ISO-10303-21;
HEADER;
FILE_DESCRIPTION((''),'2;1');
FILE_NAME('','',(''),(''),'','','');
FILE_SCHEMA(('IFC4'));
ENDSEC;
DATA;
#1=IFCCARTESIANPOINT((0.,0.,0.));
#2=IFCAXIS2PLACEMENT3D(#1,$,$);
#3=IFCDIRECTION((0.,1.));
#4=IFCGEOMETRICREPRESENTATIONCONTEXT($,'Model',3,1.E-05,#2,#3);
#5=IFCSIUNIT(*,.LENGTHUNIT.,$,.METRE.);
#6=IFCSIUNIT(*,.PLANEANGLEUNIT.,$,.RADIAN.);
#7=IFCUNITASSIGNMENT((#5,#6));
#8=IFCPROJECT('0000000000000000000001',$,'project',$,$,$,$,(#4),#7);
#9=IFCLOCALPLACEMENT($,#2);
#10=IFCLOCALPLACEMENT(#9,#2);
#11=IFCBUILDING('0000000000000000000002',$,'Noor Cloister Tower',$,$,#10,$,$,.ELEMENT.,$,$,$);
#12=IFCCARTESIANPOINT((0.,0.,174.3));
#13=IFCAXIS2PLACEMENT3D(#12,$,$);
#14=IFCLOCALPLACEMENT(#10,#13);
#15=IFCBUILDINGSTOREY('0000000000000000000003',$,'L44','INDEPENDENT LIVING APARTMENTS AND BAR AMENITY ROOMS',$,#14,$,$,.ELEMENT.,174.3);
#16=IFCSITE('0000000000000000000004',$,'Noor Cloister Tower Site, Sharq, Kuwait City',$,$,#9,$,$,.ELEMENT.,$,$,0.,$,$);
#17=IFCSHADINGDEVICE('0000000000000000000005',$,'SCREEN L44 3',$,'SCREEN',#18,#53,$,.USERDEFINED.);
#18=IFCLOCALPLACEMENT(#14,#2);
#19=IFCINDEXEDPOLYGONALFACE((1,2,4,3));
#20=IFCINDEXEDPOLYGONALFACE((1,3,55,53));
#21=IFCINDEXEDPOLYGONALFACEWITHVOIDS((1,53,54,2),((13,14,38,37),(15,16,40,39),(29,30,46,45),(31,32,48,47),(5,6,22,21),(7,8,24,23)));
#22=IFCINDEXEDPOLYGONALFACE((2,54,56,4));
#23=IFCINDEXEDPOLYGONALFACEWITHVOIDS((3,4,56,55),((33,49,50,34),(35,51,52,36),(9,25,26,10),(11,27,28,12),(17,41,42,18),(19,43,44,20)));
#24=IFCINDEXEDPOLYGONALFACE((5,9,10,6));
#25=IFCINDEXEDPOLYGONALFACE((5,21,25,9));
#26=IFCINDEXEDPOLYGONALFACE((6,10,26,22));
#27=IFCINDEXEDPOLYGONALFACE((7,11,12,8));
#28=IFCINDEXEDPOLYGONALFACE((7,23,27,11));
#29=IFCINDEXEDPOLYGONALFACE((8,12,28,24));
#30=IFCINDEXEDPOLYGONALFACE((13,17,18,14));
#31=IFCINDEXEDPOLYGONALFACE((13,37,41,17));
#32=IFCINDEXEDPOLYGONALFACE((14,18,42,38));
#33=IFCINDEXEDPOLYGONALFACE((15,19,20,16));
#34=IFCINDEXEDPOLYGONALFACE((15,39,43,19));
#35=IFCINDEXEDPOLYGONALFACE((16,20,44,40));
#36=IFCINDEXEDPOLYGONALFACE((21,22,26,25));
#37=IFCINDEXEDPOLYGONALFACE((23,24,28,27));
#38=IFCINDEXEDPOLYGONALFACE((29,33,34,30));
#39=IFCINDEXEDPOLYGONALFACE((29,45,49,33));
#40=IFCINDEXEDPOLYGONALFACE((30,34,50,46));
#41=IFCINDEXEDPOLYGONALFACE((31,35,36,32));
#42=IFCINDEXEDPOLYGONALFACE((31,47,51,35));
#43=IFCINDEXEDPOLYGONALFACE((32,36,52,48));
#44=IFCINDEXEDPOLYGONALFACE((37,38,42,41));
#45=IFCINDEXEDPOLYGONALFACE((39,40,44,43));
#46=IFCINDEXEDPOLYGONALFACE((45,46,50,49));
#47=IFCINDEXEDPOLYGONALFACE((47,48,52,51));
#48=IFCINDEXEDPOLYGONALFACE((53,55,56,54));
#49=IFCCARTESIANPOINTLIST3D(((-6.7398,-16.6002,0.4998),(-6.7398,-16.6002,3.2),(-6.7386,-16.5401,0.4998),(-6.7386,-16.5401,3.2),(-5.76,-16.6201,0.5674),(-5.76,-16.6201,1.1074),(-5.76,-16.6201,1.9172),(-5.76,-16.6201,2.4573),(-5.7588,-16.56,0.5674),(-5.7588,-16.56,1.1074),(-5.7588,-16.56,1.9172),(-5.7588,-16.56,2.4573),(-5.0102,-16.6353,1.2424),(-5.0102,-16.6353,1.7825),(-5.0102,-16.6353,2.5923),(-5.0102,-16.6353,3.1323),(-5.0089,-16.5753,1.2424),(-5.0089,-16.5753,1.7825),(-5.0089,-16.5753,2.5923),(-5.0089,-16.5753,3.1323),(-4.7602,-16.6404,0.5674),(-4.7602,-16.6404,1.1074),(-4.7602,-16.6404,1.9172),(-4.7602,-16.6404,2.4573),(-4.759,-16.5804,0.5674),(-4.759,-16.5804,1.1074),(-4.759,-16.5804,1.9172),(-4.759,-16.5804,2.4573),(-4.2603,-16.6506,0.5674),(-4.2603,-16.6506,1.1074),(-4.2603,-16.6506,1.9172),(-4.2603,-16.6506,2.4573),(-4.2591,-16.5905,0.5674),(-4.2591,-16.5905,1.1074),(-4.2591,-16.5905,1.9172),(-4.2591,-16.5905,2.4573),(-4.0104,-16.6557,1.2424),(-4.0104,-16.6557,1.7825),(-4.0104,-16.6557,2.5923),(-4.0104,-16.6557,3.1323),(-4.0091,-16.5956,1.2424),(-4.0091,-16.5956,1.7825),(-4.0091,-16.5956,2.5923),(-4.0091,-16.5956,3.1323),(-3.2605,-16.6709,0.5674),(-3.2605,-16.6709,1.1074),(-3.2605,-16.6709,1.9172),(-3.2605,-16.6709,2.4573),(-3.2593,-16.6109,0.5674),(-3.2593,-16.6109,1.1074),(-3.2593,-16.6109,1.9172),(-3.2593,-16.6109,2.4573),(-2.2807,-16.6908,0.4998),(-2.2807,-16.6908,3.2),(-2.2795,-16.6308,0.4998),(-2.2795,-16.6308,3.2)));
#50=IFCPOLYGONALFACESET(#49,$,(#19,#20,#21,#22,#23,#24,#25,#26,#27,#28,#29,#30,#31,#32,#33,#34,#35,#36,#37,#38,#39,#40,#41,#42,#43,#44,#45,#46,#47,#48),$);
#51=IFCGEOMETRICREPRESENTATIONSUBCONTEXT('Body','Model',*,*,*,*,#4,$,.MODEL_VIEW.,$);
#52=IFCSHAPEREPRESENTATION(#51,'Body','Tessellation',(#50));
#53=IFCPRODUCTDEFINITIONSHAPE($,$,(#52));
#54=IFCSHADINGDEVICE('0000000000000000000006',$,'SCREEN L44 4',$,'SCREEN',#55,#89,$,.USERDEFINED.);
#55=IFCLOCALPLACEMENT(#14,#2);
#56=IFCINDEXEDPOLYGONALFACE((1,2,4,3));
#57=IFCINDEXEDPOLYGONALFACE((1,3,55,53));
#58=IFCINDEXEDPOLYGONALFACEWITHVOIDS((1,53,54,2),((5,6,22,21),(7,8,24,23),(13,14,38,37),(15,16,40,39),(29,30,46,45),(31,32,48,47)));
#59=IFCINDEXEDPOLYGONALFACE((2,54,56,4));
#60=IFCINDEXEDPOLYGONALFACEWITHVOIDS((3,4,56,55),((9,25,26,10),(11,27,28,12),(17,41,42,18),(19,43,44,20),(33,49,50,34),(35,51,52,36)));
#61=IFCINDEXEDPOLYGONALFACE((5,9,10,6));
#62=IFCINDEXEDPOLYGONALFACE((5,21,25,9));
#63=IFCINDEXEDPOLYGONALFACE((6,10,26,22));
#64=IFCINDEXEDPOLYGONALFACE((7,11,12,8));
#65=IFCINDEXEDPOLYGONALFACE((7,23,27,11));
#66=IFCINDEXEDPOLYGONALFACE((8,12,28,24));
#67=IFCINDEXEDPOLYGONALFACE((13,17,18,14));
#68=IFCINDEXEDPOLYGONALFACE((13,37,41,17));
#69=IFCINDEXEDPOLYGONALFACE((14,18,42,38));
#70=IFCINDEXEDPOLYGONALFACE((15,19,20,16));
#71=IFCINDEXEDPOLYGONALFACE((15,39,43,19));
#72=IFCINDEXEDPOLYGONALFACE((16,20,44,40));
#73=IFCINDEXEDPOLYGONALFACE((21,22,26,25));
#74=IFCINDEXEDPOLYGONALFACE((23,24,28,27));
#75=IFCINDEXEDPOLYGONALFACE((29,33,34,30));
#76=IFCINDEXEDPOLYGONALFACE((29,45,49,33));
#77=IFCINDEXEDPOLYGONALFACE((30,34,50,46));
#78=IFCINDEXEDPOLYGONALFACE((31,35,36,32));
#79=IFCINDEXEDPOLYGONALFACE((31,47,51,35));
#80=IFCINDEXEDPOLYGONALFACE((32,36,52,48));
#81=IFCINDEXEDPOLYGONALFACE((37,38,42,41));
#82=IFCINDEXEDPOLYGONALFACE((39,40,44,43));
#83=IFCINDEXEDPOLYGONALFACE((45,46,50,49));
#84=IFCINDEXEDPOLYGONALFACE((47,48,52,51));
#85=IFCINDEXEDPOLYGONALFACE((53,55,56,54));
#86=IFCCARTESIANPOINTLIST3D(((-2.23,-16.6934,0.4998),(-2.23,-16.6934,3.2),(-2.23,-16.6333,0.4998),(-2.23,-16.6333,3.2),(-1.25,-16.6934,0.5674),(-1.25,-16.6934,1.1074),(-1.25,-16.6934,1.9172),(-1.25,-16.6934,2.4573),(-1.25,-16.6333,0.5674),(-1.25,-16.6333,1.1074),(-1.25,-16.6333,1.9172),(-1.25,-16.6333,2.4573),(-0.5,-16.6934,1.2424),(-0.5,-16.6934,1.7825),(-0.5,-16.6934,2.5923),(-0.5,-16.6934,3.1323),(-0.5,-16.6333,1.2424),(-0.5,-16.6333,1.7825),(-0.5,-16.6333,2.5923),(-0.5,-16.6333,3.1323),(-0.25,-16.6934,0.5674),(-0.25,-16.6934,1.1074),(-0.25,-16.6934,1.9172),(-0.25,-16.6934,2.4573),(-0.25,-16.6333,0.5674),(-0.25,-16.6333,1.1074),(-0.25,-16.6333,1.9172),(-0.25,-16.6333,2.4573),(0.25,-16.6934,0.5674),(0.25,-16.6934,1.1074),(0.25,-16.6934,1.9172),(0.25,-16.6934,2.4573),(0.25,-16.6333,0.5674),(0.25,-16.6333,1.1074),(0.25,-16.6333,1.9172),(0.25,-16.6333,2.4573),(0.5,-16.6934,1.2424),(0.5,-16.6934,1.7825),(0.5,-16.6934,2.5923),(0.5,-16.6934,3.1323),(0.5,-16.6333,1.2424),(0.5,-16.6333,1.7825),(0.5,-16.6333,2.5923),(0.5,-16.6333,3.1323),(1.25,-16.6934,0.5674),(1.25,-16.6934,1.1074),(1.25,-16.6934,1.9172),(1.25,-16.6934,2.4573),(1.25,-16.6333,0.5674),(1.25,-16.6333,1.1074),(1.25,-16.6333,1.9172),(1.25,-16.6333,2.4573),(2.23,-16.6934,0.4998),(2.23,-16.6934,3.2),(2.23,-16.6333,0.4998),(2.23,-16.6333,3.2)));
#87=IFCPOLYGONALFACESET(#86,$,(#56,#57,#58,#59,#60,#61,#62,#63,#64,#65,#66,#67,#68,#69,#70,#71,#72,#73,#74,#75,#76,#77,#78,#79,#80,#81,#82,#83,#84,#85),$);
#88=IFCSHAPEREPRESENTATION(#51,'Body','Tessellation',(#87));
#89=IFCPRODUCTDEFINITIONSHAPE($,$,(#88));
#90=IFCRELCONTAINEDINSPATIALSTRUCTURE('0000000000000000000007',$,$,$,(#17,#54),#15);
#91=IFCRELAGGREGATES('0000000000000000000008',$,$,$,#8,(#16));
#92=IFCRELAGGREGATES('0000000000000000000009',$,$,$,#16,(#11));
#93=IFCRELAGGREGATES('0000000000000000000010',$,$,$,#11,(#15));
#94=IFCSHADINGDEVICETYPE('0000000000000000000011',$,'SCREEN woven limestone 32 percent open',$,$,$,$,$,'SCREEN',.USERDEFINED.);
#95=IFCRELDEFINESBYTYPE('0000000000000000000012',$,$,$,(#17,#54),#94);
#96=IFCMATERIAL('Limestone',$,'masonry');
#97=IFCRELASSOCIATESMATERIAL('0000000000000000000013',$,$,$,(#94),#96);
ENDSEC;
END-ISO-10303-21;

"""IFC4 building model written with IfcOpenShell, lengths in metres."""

from ifc_helpers import new_model, si_unit, direction, frame, origin, place, context, subcontext, project, spatial, polyline, outline, extrude, material, material_profile, profile_set, type_object, element, save


model = new_model("IFC4")

# Units and contexts
model_context = context("Model", 3, precision=1e-05, world=origin(), true_north=direction((0.0, 1.0)))
body_context = subcontext(model_context, "Body", "Model", "MODEL_VIEW")
ifc_project = project(units=[si_unit("LENGTHUNIT", "METRE"), si_unit("PLANEANGLEUNIT", "RADIAN")], contexts=[model_context])

# Site, building, storey
site_placement = place(None, origin())
site = spatial("IfcSite", under=ifc_project, at=site_placement, Name="Noor Cloister Tower Site, Sharq, Kuwait City", CompositionType="ELEMENT", RefElevation=0.0)
building_placement = place(site_placement, origin())
building = spatial("IfcBuilding", under=site, at=building_placement, Name="Noor Cloister Tower", CompositionType="ELEMENT")
storey_placement = place(building_placement, frame((0.0, 0.0, 174.3)))
storey = spatial("IfcBuildingStorey", under=building, at=storey_placement, Name="L44", Description="INDEPENDENT LIVING APARTMENTS AND BAR AMENITY ROOMS", CompositionType="ELEMENT", Elevation=174.3)

# Shading devices
ifc_material_1 = material(Name="Limestone", Category="masonry")
ifc_material_profile_1 = material_profile(ifc_material_1, outline(polyline([(-2.23, -1.3501), (2.23, -1.3501), (2.23, 1.3501), (-2.23, 1.3501), (-2.23, -1.3501)]), holes=[polyline([(-1.25, -1.2825), (-0.25, -1.2825), (-0.25, -0.7424), (-1.25, -0.7424), (-1.25, -1.2825)]), polyline([(0.25, -1.2825), (1.25, -1.2825), (1.25, -0.7424), (0.25, -0.7424), (0.25, -1.2825)]), polyline([(-0.5, -0.6074), (0.5, -0.6074), (0.5, -0.0674), (-0.5, -0.0674), (-0.5, -0.6074)]), polyline([(-1.25, 0.0674), (-0.25, 0.0674), (-0.25, 0.6074), (-1.25, 0.6074), (-1.25, 0.0674)]), polyline([(0.25, 0.0674), (1.25, 0.0674), (1.25, 0.6074), (0.25, 0.6074), (0.25, 0.0674)]), polyline([(-0.5, 0.7424), (0.5, 0.7424), (0.5, 1.2825), (-0.5, 1.2825), (-0.5, 0.7424)])]), Name="Woven screen 32 percent open")
ifc_profile_set_1 = profile_set([ifc_material_profile_1], Name="Limestone")
shading_device_type = type_object("IfcShadingDeviceType", Name="SCREEN woven limestone 32 percent open", ElementType="SCREEN", PredefinedType="USERDEFINED", material=ifc_profile_set_1)
for number, where, z_axis, x_axis, name in (
    (1, (-4.509, -16.5854, 1.8499), (-0.020321, -0.999794, 0.0), (0.999794, -0.020321, 0.0), "SCREEN L44 3"),
    (2, (0.0, -16.6333, 1.8499), (0.0, -1.0, 0.0), (1.0, 0.0, 0.0), "SCREEN L44 4"),
):
    element("IfcShadingDevice", number, at=place(storey_placement, frame(where, z_axis=z_axis, x_axis=x_axis)), inside=storey, type_object=shading_device_type, Name=name, ObjectType="SCREEN", PredefinedType="USERDEFINED", context=body_context, shape_type="SweptSolid", body=[
        extrude(outline(polyline([(-2.23, -1.3501), (2.23, -1.3501), (2.23, 1.3501), (-2.23, 1.3501), (-2.23, -1.3501)]), holes=[polyline([(-1.25, -1.2825), (-0.25, -1.2825), (-0.25, -0.7424), (-1.25, -0.7424), (-1.25, -1.2825)]), polyline([(0.25, -1.2825), (1.25, -1.2825), (1.25, -0.7424), (0.25, -0.7424), (0.25, -1.2825)]), polyline([(-0.5, -0.6074), (0.5, -0.6074), (0.5, -0.0674), (-0.5, -0.0674), (-0.5, -0.6074)]), polyline([(-1.25, 0.0674), (-0.25, 0.0674), (-0.25, 0.6074), (-1.25, 0.6074), (-1.25, 0.0674)]), polyline([(0.25, 0.0674), (1.25, 0.0674), (1.25, 0.6074), (0.25, 0.6074), (0.25, 0.0674)]), polyline([(-0.5, 0.7424), (0.5, 0.7424), (0.5, 1.2825), (-0.5, 1.2825), (-0.5, 0.7424)])]), origin(), (0.0, 0.0, 1.0), 0.0601),
    ])

save(model, "model.ifc")
